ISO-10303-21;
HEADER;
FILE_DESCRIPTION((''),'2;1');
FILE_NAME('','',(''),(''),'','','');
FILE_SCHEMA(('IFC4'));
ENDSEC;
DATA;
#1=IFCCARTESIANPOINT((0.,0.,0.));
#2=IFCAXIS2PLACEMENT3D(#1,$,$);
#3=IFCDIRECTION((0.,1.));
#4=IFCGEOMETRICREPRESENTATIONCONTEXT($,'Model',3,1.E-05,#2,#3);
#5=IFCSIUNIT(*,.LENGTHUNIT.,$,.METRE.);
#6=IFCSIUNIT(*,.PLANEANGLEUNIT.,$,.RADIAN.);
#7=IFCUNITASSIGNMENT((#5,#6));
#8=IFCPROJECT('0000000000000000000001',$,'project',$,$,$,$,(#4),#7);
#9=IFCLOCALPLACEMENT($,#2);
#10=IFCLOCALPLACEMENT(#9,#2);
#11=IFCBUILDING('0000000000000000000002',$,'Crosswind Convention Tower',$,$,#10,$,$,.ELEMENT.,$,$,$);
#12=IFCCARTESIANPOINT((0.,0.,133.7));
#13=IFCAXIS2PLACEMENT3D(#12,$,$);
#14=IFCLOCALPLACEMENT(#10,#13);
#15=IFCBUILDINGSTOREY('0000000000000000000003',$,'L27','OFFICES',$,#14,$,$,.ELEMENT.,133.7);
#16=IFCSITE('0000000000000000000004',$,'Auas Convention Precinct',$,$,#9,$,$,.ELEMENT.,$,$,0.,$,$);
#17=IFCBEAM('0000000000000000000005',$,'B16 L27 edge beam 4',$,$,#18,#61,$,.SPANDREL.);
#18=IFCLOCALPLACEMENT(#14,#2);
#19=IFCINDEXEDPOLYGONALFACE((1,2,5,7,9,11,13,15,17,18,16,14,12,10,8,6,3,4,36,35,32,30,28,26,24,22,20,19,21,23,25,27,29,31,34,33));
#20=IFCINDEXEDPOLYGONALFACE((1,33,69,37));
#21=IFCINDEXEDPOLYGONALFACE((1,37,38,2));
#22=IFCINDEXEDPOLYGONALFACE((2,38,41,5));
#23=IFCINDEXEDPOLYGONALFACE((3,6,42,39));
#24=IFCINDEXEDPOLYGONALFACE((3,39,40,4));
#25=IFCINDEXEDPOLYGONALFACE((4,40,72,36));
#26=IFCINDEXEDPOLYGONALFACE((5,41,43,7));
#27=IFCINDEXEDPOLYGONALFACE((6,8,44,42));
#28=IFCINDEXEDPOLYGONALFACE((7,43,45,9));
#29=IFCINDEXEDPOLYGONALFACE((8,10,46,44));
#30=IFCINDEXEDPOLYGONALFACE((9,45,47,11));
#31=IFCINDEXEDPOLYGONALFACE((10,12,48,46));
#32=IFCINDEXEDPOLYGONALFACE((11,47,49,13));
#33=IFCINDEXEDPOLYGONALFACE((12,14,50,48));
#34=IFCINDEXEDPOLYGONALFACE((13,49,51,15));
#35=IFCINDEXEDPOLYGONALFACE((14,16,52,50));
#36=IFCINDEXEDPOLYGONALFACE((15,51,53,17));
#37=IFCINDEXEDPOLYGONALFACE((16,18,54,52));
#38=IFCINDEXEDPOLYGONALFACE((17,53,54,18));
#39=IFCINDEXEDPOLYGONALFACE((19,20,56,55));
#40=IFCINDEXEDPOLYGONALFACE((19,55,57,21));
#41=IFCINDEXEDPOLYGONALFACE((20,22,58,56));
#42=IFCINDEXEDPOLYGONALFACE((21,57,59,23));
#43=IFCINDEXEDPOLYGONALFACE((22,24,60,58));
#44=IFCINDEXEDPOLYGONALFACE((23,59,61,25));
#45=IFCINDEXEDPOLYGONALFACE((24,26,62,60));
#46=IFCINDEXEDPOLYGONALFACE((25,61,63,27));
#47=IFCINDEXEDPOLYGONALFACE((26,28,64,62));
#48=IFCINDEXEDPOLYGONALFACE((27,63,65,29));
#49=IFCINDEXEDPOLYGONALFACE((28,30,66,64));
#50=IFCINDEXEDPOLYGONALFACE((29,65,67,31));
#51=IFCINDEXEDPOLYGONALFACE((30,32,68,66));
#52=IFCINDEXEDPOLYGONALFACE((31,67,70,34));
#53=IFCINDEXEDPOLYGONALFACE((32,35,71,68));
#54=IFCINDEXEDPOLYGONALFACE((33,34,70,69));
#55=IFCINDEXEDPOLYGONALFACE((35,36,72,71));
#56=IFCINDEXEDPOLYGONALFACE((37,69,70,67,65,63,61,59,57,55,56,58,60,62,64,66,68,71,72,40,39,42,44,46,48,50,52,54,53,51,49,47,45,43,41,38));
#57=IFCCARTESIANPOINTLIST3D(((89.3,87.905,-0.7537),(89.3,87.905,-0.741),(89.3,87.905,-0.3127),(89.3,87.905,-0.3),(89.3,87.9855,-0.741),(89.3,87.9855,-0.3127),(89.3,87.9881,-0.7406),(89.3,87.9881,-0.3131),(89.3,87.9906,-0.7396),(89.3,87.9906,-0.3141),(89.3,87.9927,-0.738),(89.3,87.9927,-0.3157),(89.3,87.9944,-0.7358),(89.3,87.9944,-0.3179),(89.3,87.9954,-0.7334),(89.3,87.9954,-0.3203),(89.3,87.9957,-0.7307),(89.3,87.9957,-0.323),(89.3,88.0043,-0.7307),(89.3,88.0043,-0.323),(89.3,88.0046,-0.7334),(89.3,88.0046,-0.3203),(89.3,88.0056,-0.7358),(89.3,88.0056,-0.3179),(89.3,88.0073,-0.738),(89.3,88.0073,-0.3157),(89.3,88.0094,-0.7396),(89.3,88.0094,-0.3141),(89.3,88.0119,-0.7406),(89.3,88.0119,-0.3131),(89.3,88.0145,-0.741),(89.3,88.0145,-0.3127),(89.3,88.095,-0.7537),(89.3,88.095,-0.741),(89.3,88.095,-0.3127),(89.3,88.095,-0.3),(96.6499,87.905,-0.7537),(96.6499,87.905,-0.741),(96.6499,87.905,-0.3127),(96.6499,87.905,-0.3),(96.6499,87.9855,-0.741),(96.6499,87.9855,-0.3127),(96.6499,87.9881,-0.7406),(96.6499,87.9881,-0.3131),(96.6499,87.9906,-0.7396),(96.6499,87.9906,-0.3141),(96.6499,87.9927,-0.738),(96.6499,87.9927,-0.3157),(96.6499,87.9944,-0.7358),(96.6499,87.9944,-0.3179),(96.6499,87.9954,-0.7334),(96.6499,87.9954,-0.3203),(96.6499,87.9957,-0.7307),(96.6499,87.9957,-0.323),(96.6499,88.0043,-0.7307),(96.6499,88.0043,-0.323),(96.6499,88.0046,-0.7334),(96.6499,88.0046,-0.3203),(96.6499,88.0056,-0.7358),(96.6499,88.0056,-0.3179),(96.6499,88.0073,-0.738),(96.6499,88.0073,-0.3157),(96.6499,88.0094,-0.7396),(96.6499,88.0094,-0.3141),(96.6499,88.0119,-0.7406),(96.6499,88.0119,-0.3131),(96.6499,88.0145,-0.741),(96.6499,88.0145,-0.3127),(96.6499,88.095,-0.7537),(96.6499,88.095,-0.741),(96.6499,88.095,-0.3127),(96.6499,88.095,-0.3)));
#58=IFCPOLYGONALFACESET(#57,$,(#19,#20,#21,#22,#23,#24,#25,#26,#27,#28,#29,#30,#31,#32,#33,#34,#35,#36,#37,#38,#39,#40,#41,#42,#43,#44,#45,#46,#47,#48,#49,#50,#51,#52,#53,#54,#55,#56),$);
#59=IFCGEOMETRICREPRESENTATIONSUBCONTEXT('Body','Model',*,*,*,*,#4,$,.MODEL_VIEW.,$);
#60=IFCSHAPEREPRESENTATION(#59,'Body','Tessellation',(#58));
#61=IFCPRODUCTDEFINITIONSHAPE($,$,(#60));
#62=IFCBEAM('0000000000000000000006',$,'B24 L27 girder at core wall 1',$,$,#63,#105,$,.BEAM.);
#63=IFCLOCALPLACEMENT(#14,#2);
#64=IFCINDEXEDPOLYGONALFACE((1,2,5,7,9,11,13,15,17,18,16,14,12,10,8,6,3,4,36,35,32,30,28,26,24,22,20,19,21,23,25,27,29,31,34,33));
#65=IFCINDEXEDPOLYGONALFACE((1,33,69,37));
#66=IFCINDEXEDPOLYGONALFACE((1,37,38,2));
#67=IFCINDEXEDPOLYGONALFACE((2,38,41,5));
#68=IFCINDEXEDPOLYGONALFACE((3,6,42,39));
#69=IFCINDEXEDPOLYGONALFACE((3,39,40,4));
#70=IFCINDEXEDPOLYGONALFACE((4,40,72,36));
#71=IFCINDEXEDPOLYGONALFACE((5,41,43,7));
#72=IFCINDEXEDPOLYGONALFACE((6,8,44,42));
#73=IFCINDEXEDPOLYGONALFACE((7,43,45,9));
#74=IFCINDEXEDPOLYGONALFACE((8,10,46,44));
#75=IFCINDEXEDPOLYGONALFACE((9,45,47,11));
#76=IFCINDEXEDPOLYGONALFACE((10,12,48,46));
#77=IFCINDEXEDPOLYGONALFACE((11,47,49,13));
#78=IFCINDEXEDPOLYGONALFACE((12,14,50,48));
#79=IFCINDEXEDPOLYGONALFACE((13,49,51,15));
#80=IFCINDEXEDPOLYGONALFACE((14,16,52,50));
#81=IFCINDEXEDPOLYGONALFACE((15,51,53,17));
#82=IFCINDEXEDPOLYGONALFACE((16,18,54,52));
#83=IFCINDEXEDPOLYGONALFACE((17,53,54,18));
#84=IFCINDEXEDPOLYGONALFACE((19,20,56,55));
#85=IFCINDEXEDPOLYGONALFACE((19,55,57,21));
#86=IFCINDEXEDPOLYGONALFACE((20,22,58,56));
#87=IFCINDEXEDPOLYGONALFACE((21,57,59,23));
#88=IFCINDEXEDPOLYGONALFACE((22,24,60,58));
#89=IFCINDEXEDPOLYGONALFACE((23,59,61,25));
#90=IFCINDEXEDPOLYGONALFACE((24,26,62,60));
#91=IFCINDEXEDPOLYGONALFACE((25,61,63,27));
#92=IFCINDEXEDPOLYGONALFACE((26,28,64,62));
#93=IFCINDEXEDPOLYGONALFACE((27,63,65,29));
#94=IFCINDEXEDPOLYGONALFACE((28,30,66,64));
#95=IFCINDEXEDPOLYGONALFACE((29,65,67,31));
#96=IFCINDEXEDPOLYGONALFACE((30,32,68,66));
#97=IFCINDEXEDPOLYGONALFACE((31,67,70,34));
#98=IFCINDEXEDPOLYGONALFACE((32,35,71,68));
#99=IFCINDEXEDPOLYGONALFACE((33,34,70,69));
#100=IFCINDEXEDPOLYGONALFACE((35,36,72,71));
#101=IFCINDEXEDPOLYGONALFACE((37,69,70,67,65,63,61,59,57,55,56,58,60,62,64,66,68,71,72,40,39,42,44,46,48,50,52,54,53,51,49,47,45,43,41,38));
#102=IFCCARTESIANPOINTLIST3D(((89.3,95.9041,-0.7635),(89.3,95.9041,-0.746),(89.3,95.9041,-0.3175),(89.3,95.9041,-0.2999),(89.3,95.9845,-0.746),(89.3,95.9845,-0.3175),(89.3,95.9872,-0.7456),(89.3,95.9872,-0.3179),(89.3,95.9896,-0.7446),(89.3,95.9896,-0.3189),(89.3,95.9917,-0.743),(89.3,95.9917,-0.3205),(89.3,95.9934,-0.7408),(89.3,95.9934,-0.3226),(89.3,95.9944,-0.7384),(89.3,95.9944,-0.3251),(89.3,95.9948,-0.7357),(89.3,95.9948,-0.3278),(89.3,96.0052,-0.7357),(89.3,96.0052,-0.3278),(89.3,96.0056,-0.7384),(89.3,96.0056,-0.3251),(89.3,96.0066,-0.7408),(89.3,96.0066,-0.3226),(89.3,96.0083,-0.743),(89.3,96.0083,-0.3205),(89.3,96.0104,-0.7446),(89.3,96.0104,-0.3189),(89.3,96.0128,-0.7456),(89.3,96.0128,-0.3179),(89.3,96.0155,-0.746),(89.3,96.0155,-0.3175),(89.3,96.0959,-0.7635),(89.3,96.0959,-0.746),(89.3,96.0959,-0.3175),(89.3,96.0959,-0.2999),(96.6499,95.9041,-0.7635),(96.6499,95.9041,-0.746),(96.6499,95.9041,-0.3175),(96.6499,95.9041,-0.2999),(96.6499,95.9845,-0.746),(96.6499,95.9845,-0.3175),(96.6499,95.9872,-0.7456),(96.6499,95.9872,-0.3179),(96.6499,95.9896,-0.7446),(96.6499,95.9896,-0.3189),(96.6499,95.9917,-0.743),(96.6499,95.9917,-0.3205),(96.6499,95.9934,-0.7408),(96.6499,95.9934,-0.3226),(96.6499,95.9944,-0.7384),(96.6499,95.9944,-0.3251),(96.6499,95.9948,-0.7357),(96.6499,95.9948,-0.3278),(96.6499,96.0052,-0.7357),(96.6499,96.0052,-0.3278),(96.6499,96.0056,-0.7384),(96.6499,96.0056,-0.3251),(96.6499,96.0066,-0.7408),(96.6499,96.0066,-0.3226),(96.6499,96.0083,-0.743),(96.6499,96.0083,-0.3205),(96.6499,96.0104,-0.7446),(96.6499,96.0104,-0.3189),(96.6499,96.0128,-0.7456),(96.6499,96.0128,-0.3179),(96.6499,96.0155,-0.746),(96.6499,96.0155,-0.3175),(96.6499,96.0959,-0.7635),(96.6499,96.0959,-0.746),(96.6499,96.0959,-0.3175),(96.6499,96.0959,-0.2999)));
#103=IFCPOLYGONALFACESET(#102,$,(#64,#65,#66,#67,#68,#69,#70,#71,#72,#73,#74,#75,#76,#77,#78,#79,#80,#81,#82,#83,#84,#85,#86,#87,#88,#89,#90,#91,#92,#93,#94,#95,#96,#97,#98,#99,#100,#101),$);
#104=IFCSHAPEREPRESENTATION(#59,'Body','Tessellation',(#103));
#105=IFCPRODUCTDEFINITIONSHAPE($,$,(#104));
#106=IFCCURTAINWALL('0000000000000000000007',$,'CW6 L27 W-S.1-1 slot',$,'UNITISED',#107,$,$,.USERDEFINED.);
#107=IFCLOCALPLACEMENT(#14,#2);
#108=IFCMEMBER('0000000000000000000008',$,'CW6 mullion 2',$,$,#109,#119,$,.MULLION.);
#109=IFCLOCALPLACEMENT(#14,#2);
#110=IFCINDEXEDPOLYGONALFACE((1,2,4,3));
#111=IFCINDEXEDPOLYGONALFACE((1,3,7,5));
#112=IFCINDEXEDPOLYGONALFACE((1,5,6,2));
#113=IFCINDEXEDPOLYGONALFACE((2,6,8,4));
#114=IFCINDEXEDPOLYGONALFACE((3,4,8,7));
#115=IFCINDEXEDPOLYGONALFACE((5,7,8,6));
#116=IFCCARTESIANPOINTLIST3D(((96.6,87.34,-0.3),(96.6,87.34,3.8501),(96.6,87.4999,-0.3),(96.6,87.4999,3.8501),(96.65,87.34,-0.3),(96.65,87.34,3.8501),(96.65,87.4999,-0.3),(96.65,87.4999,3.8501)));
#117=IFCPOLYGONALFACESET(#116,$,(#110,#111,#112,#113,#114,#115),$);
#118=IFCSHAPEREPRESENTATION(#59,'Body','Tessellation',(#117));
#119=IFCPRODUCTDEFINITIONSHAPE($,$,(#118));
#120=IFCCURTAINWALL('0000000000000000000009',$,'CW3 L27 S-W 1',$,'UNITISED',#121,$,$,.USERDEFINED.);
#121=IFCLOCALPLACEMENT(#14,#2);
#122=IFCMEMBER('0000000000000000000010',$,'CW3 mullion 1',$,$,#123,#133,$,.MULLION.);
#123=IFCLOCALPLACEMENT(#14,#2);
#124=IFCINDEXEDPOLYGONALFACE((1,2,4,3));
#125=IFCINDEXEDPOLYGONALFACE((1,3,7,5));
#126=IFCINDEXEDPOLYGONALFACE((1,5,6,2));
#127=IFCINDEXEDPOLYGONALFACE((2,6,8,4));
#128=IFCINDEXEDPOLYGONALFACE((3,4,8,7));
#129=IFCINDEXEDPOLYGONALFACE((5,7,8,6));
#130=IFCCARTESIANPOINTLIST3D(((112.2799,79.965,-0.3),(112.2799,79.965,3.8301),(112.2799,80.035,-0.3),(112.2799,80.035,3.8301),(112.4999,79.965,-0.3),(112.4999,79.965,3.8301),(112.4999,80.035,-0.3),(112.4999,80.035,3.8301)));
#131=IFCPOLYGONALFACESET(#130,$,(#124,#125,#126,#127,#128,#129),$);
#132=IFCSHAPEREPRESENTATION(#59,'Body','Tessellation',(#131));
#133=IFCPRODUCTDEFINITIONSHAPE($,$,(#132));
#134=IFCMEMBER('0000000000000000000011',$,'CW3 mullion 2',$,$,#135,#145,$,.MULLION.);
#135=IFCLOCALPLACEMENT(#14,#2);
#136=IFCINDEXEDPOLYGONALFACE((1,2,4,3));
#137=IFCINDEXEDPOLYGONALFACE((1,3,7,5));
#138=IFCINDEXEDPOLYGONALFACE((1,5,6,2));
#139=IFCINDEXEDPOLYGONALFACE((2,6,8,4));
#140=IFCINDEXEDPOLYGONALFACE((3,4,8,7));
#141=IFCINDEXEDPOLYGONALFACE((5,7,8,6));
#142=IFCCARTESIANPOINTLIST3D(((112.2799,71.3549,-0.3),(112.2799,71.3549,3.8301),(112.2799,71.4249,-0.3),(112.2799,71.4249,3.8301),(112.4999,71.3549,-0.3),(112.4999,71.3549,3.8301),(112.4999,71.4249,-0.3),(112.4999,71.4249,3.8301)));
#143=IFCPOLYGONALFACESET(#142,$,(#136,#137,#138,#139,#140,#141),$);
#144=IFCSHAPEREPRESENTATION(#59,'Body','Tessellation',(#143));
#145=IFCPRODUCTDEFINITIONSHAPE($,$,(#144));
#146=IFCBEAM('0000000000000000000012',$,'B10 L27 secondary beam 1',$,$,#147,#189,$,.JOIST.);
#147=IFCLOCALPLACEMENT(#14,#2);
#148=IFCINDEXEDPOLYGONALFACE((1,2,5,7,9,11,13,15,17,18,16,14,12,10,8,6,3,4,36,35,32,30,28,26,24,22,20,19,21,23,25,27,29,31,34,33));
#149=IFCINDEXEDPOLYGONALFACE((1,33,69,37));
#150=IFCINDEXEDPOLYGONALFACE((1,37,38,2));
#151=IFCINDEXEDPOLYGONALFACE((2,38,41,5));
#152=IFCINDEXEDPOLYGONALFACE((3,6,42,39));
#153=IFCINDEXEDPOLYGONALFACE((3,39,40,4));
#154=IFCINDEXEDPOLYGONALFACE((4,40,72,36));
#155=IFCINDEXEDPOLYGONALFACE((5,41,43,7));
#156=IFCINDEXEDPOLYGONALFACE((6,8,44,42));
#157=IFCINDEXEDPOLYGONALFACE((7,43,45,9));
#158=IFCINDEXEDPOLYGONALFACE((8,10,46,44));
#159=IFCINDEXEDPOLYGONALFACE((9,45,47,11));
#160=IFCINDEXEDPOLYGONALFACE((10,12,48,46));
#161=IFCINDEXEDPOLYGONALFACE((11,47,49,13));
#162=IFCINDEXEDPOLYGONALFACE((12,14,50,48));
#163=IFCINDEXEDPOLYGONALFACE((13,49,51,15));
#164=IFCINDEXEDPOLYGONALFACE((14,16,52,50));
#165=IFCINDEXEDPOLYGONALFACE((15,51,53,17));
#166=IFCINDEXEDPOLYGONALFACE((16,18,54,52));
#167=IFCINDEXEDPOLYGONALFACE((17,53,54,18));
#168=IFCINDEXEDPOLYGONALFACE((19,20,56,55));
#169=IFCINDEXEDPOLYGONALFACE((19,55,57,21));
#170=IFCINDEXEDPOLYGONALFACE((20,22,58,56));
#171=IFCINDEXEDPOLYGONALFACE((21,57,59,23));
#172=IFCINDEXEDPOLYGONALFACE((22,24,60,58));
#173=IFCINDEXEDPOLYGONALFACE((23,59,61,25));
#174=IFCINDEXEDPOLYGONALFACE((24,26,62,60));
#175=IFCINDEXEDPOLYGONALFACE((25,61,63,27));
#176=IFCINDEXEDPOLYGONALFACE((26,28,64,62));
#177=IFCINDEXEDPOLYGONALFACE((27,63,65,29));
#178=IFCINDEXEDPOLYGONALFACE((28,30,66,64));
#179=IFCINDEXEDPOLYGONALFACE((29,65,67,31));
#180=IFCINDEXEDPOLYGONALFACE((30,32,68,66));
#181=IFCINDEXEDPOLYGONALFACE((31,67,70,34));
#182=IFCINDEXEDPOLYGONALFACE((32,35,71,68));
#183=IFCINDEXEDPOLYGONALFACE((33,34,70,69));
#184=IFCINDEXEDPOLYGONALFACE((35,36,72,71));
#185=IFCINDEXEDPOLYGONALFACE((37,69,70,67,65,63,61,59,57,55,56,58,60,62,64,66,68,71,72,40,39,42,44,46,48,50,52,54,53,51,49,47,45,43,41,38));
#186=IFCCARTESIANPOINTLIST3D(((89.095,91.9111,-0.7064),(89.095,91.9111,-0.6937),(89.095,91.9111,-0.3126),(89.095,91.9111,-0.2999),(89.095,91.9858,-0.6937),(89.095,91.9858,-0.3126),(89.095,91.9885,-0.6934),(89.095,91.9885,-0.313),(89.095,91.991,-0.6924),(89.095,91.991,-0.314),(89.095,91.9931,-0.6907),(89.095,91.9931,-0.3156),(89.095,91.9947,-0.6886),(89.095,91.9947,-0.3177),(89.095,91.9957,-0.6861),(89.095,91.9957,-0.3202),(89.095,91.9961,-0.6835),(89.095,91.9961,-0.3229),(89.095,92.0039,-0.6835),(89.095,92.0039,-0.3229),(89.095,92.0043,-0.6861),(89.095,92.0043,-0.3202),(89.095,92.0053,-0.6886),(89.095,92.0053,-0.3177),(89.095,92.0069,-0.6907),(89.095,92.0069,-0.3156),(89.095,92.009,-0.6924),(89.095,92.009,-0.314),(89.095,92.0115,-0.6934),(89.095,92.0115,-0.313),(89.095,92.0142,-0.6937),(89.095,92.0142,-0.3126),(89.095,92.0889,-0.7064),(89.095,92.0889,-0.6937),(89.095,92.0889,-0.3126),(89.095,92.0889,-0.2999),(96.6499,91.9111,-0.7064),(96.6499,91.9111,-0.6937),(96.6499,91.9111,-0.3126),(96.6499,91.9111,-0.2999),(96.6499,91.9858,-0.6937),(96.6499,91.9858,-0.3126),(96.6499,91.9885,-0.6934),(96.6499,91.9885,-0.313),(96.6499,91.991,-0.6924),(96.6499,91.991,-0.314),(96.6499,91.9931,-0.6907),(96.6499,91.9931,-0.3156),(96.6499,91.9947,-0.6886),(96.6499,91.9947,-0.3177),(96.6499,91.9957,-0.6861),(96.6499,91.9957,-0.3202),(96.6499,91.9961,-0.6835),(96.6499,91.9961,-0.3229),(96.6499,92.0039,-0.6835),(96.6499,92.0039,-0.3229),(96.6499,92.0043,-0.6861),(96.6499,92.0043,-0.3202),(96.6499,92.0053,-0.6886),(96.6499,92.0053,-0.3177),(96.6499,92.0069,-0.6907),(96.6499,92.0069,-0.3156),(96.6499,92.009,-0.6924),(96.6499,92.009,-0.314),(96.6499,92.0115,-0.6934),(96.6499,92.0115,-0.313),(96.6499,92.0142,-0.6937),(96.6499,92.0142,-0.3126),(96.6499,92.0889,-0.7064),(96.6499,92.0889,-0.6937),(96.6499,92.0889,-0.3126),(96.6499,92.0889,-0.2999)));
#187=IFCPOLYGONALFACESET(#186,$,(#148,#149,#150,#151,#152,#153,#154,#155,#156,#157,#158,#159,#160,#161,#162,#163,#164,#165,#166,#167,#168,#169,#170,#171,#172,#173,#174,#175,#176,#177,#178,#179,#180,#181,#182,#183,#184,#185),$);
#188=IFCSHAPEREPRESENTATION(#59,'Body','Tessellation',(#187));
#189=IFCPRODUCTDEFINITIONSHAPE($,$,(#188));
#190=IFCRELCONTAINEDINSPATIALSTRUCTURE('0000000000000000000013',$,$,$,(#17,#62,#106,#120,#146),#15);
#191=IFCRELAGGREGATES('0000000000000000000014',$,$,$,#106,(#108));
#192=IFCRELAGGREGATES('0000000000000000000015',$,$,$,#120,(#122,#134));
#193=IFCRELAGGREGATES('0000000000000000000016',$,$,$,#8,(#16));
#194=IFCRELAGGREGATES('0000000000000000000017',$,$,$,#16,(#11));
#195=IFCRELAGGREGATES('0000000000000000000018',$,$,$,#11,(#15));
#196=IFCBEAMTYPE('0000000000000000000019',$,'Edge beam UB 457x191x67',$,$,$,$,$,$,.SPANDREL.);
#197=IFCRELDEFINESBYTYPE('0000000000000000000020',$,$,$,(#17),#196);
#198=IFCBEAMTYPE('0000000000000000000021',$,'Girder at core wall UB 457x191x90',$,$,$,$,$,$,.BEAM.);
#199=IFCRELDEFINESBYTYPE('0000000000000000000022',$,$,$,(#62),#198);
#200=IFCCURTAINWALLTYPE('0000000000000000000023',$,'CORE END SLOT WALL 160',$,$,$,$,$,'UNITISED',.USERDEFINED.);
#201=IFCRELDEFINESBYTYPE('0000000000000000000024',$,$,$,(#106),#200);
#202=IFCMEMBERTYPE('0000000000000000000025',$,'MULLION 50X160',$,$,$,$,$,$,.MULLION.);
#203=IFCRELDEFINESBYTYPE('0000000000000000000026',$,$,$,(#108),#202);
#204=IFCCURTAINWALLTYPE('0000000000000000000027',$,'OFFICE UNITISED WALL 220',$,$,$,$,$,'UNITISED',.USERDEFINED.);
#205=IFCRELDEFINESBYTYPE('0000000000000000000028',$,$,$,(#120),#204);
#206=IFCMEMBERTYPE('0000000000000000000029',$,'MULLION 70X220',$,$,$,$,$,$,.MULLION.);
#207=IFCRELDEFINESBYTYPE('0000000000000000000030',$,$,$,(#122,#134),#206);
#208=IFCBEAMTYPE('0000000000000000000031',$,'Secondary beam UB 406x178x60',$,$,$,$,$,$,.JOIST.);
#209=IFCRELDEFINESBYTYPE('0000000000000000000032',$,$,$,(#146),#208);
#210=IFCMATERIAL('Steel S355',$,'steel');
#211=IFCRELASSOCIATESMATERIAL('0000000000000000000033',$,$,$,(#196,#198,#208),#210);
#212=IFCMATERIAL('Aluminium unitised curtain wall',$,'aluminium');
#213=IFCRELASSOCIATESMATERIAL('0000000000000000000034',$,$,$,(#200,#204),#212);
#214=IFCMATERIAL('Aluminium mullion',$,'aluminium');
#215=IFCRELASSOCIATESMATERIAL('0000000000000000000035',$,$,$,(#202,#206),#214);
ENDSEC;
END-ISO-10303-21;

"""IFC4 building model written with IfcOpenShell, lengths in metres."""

from ifc_helpers import new_model, si_unit, direction, frame, origin, origin_2d, place, context, subcontext, project, spatial, rectangle, i_section, extrude, material, material_profile, profile_set, type_object, element, aggregate, save


model = new_model("IFC4")

# Units and contexts
model_context = context("Model", 3, precision=1e-05, world=origin(), true_north=direction((0.0, 1.0)))
body_context = subcontext(model_context, "Body", "Model", "MODEL_VIEW")
ifc_project = project(units=[si_unit("LENGTHUNIT", "METRE"), si_unit("PLANEANGLEUNIT", "RADIAN")], contexts=[model_context])

# Site, building, storey
site_placement = place(None, origin())
site = spatial("IfcSite", under=ifc_project, at=site_placement, Name="Auas Convention Precinct", CompositionType="ELEMENT", RefElevation=0.0)
building_placement = place(site_placement, origin())
building = spatial("IfcBuilding", under=site, at=building_placement, Name="Crosswind Convention Tower", CompositionType="ELEMENT")
storey_placement = place(building_placement, frame((0.0, 0.0, 133.7)))
storey = spatial("IfcBuildingStorey", under=building, at=storey_placement, Name="L27", Description="OFFICES", CompositionType="ELEMENT", Elevation=133.7)

# Beams
ifc_material_1 = material(Name="Steel S355", Category="steel")
ifc_material_profile_1 = material_profile(ifc_material_1, i_section(OverallWidth=0.1899, OverallDepth=0.4536, WebThickness=0.0085, FlangeThickness=0.0127, FilletRadius=0.0103, at=origin_2d()), Name="UB 457x191x67")
ifc_profile_set_1 = profile_set([ifc_material_profile_1], Name="Steel S355")
beam_type_1 = type_object("IfcBeamType", Name="Edge beam UB 457x191x67", PredefinedType="SPANDREL", material=ifc_profile_set_1)
beam_1_placement = place(storey_placement, frame((89.3, 88.0, -0.5269), z_axis=(1.0, 0.0, 0.0), x_axis=(0.0, 1.0, 0.0)))
element("IfcBeam", 1, at=beam_1_placement, inside=storey, type_object=beam_type_1, Name="B16 L27 edge beam 4", PredefinedType="SPANDREL", context=body_context, shape_type="SweptSolid", body=[
    extrude(i_section(OverallWidth=0.1899, OverallDepth=0.4536, WebThickness=0.0085, FlangeThickness=0.0127, FilletRadius=0.0103, at=origin_2d()), origin(), (0.0, 0.0, 1.0), 7.3499),
])
ifc_material_profile_2 = material_profile(ifc_material_1, i_section(OverallWidth=0.1919, OverallDepth=0.4636, WebThickness=0.0105, FlangeThickness=0.0176, FilletRadius=0.0103, at=origin_2d()), Name="UB 457x191x90")
ifc_profile_set_2 = profile_set([ifc_material_profile_2], Name="Steel S355")
beam_type_2 = type_object("IfcBeamType", Name="Girder at core wall UB 457x191x90", PredefinedType="BEAM", material=ifc_profile_set_2)
beam_2_placement = place(storey_placement, frame((89.3, 96.0, -0.5317), z_axis=(1.0, 0.0, 0.0), x_axis=(0.0, 1.0, 0.0)))
element("IfcBeam", 2, at=beam_2_placement, inside=storey, type_object=beam_type_2, Name="B24 L27 girder at core wall 1", PredefinedType="BEAM", context=body_context, shape_type="SweptSolid", body=[
    extrude(i_section(OverallWidth=0.1919, OverallDepth=0.4636, WebThickness=0.0105, FlangeThickness=0.0176, FilletRadius=0.0103, at=origin_2d()), origin(), (0.0, 0.0, 1.0), 7.3499),
])

# Curtain wall, member
ifc_material_2 = material(Name="Aluminium unitised curtain wall", Category="aluminium")
curtain_wall_type_1 = type_object("IfcCurtainWallType", Name="CORE END SLOT WALL 160", ElementType="UNITISED", PredefinedType="USERDEFINED", material=ifc_material_2)
curtain_wall_1_placement = place(storey_placement, origin())
curtain_wall_1 = element("IfcCurtainWall", 3, at=curtain_wall_1_placement, inside=storey, type_object=curtain_wall_type_1, Name="CW6 L27 W-S.1-1 slot", ObjectType="UNITISED", PredefinedType="USERDEFINED")
ifc_material_3 = material(Name="Aluminium mullion", Category="aluminium")
ifc_material_profile_3 = material_profile(ifc_material_3, rectangle(XDim=0.1599, YDim=0.05, at=origin_2d()), Name="AL 160X50")
ifc_profile_set_3 = profile_set([ifc_material_profile_3], Name="Aluminium mullion")
member_type_1 = type_object("IfcMemberType", Name="MULLION 50X160", PredefinedType="MULLION", material=ifc_profile_set_3)
member_1_placement = place(storey_placement, frame((96.625, 87.4199, -0.3), z_axis=(0.0, 0.0, 1.0), x_axis=(0.0, -1.0, 0.0)))
member_1 = element("IfcMember", 4, at=member_1_placement, type_object=member_type_1, Name="CW6 mullion 2", PredefinedType="MULLION", context=body_context, shape_type="SweptSolid", body=[
    extrude(rectangle(XDim=0.1599, YDim=0.05, at=origin_2d()), origin(), (0.0, 0.0, 1.0), 4.1501),
])
aggregate(curtain_wall_1, [member_1])

# Curtain wall, members
curtain_wall_type_2 = type_object("IfcCurtainWallType", Name="OFFICE UNITISED WALL 220", ElementType="UNITISED", PredefinedType="USERDEFINED", material=ifc_material_2)
curtain_wall_2_placement = place(storey_placement, origin())
curtain_wall_2 = element("IfcCurtainWall", 5, at=curtain_wall_2_placement, inside=storey, type_object=curtain_wall_type_2, Name="CW3 L27 S-W 1", ObjectType="UNITISED", PredefinedType="USERDEFINED")
ifc_material_profile_4 = material_profile(ifc_material_3, rectangle(XDim=0.22, YDim=0.0701, at=origin_2d()), Name="AL 220X70")
ifc_profile_set_4 = profile_set([ifc_material_profile_4], Name="Aluminium mullion")
member_type_2 = type_object("IfcMemberType", Name="MULLION 70X220", PredefinedType="MULLION", material=ifc_profile_set_4)
member_2_placement = place(storey_placement, frame((112.3899, 80.0, -0.3), z_axis=(0.0, 0.0, 1.0), x_axis=(-1.0, 0.0, 0.0)))
member_2 = element("IfcMember", 6, at=member_2_placement, type_object=member_type_2, Name="CW3 mullion 1", PredefinedType="MULLION", context=body_context, shape_type="SweptSolid", body=[
    extrude(rectangle(XDim=0.22, YDim=0.0701, at=origin_2d()), origin(), (0.0, 0.0, 1.0), 4.1301),
])
member_3_placement = place(storey_placement, frame((112.3899, 71.3899, -0.3), z_axis=(0.0, 0.0, 1.0), x_axis=(-1.0, 0.0, 0.0)))
member_3 = element("IfcMember", 7, at=member_3_placement, type_object=member_type_2, Name="CW3 mullion 2", PredefinedType="MULLION", context=body_context, shape_type="SweptSolid", body=[
    extrude(rectangle(XDim=0.22, YDim=0.0701, at=origin_2d()), origin(), (0.0, 0.0, 1.0), 4.1301),
])

# Beam
ifc_material_profile_5 = material_profile(ifc_material_1, i_section(OverallWidth=0.1777, OverallDepth=0.4065, WebThickness=0.0078, FlangeThickness=0.0127, FilletRadius=0.0103, at=origin_2d()), Name="UB 406x178x60")
ifc_profile_set_5 = profile_set([ifc_material_profile_5], Name="Steel S355")
beam_type_3 = type_object("IfcBeamType", Name="Secondary beam UB 406x178x60", PredefinedType="JOIST", material=ifc_profile_set_5)
beam_3_placement = place(storey_placement, frame((89.095, 92.0, -0.5032), z_axis=(1.0, 0.0, 0.0), x_axis=(0.0, 1.0, 0.0)))
element("IfcBeam", 8, at=beam_3_placement, inside=storey, type_object=beam_type_3, Name="B10 L27 secondary beam 1", PredefinedType="JOIST", context=body_context, shape_type="SweptSolid", body=[
    extrude(i_section(OverallWidth=0.1777, OverallDepth=0.4065, WebThickness=0.0078, FlangeThickness=0.0127, FilletRadius=0.0103, at=origin_2d()), origin(), (0.0, 0.0, 1.0), 7.5549),
])

aggregate(curtain_wall_2, [member_2, member_3])

save(model, "model.ifc")
